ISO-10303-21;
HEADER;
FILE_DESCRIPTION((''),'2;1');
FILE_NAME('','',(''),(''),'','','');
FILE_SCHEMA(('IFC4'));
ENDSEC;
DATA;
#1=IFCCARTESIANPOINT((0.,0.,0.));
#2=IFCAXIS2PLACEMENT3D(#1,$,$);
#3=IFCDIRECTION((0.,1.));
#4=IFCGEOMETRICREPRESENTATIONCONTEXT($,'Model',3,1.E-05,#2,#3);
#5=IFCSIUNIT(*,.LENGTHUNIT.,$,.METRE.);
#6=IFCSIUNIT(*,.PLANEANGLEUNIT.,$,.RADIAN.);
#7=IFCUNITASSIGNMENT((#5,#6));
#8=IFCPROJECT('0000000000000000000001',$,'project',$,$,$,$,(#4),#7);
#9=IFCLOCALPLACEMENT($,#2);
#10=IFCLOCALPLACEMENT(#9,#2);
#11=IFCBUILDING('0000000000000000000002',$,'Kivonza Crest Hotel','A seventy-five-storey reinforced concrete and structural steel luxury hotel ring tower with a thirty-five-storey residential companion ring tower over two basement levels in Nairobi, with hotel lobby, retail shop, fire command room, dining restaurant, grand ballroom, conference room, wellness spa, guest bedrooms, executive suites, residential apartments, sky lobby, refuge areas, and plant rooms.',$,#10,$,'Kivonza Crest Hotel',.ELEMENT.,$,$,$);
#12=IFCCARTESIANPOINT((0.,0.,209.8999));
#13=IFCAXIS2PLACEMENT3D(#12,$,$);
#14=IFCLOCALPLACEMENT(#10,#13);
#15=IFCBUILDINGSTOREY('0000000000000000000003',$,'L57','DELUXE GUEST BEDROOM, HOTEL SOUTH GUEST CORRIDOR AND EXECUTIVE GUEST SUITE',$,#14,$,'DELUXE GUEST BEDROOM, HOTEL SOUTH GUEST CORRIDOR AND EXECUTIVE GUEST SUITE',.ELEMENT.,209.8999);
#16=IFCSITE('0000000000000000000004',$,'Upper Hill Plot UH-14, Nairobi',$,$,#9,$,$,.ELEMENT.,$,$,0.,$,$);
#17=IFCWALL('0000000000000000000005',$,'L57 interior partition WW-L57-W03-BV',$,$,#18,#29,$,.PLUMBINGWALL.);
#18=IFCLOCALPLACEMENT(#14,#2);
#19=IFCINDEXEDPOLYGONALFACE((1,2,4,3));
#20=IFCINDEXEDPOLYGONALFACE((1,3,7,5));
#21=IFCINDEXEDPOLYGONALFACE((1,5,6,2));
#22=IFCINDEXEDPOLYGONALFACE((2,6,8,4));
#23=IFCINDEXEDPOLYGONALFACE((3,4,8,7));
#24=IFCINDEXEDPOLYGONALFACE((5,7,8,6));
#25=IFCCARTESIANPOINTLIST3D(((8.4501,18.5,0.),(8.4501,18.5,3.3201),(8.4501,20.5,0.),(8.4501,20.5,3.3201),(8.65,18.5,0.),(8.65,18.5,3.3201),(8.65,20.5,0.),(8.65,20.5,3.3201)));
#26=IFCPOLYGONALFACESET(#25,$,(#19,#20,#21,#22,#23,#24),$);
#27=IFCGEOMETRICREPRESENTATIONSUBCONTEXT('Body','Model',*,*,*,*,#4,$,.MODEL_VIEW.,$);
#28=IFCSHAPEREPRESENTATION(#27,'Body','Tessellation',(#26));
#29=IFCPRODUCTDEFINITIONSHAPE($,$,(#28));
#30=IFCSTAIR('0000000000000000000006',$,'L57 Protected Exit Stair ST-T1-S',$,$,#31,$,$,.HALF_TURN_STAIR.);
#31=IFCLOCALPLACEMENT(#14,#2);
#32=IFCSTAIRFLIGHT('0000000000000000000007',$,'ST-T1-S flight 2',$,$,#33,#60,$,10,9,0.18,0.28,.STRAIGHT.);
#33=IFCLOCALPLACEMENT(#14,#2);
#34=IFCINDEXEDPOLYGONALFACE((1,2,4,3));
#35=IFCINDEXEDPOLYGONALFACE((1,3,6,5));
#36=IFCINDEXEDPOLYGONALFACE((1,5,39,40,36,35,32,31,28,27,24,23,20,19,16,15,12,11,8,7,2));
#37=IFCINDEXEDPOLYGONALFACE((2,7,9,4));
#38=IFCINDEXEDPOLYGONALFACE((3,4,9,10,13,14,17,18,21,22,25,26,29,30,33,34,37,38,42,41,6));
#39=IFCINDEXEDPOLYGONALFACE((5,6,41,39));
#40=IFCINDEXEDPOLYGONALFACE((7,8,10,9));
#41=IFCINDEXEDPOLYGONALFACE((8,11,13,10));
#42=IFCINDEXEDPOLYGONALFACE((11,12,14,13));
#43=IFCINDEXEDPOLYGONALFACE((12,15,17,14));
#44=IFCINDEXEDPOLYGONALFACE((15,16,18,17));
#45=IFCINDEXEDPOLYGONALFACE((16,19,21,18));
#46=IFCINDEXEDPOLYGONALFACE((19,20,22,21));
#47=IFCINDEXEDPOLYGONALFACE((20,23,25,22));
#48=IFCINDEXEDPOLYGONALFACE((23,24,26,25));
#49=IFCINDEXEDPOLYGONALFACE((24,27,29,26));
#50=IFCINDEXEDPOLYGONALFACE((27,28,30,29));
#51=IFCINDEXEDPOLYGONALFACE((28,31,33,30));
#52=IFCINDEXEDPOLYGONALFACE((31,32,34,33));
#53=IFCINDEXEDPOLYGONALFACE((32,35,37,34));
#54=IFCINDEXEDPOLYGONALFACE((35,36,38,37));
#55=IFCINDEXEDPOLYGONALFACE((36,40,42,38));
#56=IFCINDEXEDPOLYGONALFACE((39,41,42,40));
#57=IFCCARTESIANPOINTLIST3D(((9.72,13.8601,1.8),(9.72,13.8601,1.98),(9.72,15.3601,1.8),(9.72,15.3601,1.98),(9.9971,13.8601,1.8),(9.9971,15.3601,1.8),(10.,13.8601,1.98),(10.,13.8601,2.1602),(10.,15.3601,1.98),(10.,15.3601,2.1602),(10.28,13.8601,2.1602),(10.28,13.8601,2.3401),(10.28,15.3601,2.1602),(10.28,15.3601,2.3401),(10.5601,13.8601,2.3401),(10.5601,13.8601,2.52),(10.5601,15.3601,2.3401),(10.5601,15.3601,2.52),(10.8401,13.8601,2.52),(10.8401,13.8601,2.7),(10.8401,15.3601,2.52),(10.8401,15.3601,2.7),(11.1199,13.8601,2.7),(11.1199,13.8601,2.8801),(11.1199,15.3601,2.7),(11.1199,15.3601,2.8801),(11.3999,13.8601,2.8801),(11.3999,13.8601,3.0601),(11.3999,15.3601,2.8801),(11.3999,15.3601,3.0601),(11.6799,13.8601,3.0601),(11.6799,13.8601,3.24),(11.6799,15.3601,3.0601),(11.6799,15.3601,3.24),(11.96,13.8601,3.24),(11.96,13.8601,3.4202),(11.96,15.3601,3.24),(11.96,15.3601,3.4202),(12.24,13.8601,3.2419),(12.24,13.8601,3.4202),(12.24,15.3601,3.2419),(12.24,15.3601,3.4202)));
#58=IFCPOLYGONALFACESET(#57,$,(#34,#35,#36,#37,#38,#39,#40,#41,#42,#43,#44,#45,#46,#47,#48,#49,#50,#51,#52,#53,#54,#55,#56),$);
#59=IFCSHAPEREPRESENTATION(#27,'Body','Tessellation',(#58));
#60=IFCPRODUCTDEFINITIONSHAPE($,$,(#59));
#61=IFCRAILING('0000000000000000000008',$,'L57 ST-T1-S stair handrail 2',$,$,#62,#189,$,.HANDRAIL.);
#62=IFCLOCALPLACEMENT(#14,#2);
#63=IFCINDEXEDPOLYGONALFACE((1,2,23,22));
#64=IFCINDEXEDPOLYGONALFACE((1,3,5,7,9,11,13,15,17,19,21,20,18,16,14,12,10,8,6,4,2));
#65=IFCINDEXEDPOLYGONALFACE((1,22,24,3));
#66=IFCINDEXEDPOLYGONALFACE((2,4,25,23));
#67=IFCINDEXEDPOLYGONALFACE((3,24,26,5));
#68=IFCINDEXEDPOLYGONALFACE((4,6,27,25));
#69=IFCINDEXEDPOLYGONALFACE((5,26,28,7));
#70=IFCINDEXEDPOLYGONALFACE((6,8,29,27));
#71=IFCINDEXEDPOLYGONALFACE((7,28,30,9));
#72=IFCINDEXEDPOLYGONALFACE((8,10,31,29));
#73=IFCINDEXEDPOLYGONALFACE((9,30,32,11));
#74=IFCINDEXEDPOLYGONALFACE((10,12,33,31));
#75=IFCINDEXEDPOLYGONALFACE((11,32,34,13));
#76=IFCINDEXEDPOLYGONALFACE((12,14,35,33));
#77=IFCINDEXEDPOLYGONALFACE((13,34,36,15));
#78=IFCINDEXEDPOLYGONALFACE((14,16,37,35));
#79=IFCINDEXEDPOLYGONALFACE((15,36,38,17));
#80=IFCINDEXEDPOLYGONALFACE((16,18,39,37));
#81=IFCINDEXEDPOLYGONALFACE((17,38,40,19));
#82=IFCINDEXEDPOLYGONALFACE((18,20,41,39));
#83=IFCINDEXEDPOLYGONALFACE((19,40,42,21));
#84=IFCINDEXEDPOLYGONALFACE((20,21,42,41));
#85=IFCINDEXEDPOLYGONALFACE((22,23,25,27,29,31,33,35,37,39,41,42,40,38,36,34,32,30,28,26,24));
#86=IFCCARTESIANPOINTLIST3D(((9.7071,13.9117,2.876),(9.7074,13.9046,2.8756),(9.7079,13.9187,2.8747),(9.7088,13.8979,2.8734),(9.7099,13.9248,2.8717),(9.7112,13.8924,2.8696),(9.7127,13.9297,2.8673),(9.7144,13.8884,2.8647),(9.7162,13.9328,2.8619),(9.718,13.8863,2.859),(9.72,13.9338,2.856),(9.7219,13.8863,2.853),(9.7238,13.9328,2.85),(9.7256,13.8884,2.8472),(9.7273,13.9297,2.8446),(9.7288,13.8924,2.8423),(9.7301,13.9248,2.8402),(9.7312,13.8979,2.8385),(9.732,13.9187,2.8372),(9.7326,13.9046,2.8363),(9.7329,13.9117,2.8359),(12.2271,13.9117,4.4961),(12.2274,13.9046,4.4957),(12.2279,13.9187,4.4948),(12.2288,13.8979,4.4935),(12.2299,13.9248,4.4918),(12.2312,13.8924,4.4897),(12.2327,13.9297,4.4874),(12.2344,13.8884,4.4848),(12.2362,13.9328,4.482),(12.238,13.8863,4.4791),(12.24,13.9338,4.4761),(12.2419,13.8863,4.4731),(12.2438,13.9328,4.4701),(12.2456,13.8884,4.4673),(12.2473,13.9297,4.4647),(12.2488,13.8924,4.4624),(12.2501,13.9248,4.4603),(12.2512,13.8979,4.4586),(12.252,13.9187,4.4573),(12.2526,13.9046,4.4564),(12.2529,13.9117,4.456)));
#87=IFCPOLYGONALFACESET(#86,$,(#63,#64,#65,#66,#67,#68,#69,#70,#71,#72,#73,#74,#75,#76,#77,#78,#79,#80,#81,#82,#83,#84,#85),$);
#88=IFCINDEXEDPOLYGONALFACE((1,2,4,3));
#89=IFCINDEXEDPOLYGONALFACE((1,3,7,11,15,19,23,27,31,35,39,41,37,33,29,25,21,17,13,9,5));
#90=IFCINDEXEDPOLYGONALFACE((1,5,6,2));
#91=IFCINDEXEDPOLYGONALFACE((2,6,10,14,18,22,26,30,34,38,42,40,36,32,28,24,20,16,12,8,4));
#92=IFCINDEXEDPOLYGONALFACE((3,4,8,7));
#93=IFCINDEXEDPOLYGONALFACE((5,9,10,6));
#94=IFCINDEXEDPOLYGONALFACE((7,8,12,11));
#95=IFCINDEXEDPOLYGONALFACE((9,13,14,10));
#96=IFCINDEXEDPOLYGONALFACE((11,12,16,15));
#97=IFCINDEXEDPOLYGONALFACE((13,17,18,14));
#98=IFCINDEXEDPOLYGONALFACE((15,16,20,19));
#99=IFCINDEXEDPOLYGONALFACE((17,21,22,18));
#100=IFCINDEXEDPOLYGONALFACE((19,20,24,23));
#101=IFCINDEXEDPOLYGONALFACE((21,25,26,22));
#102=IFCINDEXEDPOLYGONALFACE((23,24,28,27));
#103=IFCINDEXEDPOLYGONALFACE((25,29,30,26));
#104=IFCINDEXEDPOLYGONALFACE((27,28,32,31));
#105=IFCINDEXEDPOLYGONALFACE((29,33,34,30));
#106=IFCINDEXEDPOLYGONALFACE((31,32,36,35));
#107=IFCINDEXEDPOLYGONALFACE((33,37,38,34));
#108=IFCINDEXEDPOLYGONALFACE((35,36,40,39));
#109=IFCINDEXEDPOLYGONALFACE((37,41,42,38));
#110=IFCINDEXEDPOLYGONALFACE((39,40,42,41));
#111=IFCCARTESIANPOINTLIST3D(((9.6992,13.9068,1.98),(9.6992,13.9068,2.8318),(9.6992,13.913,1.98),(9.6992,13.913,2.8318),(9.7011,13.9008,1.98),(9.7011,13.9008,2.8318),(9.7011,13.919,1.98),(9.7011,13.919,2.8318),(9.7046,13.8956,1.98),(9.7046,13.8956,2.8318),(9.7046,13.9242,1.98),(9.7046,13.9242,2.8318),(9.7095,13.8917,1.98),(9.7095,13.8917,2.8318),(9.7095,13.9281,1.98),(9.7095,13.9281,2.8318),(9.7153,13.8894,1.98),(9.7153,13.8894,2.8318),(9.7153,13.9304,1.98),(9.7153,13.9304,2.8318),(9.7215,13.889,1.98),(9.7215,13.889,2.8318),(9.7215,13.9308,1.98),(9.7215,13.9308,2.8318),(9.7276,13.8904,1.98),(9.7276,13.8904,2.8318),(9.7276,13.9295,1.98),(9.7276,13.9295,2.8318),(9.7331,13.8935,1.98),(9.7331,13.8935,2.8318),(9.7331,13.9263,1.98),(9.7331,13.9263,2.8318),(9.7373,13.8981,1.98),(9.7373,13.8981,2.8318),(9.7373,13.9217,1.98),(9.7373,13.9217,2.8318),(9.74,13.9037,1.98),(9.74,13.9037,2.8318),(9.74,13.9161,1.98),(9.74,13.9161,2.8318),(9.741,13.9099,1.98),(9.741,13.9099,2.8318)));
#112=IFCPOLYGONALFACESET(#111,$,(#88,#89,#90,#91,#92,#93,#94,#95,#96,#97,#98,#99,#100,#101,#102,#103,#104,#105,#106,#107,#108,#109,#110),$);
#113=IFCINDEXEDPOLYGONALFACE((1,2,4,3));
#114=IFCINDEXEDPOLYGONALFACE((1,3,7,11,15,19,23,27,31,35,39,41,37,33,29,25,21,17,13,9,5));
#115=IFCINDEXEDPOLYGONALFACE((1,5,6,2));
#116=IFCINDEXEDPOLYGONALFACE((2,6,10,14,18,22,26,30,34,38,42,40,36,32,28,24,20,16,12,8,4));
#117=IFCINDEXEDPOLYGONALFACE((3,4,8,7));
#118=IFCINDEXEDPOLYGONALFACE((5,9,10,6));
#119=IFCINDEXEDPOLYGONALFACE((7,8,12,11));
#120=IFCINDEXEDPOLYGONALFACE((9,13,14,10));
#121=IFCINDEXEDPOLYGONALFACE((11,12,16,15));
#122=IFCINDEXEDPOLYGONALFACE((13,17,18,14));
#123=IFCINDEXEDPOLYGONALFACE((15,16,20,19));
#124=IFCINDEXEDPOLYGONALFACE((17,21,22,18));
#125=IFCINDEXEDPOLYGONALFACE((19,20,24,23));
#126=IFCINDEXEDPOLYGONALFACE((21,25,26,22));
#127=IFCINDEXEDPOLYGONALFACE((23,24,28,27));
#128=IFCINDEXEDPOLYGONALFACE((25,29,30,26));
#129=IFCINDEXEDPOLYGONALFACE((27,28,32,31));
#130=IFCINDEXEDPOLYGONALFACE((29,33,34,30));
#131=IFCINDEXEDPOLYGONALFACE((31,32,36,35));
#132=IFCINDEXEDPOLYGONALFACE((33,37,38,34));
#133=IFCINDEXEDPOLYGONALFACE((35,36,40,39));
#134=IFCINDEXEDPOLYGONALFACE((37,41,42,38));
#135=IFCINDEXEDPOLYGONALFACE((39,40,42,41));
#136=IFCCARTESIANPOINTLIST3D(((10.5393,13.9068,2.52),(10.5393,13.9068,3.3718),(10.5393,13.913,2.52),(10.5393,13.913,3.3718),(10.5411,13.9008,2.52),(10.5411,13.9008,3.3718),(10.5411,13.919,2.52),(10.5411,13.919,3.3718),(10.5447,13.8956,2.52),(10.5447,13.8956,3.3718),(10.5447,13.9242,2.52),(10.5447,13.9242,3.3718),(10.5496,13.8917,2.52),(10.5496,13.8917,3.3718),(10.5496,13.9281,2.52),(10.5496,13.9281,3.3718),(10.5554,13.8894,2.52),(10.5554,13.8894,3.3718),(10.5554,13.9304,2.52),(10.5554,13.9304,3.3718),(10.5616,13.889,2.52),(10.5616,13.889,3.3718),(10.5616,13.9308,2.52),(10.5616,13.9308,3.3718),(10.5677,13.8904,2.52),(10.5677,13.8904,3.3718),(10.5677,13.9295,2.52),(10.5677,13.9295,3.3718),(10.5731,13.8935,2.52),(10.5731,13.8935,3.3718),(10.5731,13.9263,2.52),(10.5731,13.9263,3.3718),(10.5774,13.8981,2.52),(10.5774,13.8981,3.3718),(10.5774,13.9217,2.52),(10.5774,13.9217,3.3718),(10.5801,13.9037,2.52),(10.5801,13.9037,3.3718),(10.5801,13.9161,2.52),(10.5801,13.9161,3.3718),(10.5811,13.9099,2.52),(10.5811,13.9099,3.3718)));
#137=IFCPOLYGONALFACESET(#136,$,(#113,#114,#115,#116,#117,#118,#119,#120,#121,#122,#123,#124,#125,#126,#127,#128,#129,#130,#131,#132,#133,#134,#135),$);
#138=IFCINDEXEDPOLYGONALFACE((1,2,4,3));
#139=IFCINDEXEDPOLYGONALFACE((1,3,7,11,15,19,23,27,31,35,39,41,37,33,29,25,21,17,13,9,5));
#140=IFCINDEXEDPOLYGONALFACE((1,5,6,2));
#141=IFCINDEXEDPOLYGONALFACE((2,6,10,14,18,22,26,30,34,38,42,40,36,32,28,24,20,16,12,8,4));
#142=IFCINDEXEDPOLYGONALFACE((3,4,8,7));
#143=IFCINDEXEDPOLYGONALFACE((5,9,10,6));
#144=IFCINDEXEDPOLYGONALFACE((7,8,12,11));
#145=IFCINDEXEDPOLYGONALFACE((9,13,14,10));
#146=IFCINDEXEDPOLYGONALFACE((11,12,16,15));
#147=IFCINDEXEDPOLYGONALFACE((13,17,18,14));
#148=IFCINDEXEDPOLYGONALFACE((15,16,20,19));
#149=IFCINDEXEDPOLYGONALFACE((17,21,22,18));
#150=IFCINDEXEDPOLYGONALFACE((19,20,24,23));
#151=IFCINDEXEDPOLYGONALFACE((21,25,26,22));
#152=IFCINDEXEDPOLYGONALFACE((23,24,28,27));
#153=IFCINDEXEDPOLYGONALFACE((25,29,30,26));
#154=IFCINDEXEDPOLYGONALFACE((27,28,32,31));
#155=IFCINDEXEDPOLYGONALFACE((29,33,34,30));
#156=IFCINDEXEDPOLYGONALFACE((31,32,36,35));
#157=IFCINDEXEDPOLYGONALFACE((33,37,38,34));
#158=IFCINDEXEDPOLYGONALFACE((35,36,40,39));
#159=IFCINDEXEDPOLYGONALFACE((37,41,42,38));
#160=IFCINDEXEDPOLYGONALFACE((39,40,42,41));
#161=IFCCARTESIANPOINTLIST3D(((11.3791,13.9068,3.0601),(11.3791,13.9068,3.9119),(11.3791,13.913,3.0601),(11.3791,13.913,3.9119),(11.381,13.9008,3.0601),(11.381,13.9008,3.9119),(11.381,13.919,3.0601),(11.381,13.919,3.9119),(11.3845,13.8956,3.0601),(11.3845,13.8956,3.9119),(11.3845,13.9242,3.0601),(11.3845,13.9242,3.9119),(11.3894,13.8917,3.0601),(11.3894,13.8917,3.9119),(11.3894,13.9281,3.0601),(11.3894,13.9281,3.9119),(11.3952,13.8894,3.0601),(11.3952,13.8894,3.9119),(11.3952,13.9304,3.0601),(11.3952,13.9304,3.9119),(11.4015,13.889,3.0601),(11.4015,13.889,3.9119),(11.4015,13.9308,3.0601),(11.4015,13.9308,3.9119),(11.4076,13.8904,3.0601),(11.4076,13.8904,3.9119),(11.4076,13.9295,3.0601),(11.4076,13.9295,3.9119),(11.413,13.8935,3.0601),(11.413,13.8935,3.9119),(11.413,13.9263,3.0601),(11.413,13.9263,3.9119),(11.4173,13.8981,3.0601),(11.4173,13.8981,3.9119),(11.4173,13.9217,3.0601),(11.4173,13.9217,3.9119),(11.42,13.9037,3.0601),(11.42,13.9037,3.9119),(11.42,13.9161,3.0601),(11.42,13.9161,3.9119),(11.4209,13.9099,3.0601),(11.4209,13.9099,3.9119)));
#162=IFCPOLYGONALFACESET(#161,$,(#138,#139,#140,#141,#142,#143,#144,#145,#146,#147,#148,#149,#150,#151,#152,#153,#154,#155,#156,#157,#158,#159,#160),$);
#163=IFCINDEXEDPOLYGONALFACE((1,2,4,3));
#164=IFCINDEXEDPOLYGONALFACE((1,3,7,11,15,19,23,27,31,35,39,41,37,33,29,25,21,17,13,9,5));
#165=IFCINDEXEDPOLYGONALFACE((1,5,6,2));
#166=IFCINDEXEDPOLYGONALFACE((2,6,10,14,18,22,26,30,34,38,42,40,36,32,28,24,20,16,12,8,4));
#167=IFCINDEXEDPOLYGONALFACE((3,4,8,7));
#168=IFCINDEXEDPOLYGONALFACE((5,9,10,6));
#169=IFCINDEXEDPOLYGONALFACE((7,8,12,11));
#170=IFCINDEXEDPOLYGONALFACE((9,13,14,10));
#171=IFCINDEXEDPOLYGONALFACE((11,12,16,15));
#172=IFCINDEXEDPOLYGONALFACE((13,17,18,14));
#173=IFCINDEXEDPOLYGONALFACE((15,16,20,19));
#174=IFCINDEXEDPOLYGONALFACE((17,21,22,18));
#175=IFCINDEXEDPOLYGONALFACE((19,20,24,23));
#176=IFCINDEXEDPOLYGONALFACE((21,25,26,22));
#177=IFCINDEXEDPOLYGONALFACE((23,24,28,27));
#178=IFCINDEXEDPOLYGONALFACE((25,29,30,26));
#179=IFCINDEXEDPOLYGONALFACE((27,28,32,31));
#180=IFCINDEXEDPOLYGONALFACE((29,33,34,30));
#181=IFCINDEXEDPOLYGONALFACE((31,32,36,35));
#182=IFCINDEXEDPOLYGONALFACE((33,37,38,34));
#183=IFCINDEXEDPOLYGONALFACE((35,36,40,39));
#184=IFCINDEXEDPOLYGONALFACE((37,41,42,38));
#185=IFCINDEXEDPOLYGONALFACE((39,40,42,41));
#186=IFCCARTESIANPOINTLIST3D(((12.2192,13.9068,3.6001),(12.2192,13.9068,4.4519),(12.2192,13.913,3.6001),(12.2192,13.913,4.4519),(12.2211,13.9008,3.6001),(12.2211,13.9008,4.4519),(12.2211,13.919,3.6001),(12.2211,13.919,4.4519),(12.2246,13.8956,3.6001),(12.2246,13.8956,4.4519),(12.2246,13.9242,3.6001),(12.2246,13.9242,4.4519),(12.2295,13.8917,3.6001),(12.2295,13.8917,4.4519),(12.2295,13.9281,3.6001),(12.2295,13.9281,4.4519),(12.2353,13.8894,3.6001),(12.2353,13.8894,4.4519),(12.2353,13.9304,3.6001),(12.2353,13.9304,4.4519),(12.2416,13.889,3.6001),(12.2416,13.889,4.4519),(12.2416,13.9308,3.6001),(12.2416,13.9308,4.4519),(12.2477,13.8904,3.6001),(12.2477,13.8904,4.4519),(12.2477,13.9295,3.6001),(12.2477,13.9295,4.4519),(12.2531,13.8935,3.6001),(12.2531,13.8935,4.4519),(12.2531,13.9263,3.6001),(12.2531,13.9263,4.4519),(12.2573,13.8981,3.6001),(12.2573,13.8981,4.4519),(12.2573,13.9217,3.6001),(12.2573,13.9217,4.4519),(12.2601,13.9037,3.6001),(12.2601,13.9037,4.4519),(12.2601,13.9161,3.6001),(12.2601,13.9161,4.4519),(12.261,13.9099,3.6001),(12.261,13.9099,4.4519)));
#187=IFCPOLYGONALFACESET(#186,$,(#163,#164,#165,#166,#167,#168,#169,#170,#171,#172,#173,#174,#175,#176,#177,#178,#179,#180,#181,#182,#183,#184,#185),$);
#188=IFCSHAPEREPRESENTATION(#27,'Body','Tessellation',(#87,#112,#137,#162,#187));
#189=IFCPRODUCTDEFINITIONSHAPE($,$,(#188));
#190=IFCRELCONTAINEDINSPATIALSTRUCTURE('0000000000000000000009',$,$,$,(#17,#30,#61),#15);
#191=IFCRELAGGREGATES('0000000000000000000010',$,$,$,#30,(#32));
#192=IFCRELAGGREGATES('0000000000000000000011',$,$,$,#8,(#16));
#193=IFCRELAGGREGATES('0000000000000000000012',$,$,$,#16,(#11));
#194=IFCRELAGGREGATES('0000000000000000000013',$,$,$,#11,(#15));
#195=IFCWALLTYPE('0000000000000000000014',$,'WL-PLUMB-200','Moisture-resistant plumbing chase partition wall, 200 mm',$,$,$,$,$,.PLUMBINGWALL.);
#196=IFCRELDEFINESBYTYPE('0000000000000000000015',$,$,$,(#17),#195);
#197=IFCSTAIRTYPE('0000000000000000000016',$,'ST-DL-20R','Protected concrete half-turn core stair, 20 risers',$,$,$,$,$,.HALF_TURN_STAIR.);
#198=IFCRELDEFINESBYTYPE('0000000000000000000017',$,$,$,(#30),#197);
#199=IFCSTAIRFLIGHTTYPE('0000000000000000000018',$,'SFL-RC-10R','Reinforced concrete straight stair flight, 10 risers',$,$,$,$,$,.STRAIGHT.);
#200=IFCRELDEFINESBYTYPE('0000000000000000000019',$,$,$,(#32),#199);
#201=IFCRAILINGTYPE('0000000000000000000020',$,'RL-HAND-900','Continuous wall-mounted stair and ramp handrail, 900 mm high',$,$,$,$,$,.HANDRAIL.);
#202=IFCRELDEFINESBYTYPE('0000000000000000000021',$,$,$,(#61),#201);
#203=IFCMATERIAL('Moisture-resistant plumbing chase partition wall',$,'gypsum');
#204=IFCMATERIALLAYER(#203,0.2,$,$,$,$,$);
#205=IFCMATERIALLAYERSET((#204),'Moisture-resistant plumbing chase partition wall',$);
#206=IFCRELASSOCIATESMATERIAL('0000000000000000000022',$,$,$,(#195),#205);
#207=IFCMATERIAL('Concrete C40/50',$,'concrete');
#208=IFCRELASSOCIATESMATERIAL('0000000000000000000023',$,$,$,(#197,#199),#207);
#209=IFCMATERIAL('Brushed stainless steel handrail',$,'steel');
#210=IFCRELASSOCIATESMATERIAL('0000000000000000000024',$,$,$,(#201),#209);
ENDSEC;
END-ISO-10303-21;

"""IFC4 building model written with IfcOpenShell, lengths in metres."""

from ifc_helpers import new_model, si_unit, direction, frame, frame_2d, origin, origin_2d, place, context, subcontext, project, spatial, polyline, rectangle, circle, outline, extrude, material, layer, layer_set, type_object, element, aggregate, save


model = new_model("IFC4")

# Units and contexts
model_context = context("Model", 3, precision=1e-05, world=origin(), true_north=direction((0.0, 1.0)))
body_context = subcontext(model_context, "Body", "Model", "MODEL_VIEW")
ifc_project = project(units=[si_unit("LENGTHUNIT", "METRE"), si_unit("PLANEANGLEUNIT", "RADIAN")], contexts=[model_context])

# Site, building, storey
site_placement = place(None, origin())
site = spatial("IfcSite", under=ifc_project, at=site_placement, Name="Upper Hill Plot UH-14, Nairobi", CompositionType="ELEMENT", RefElevation=0.0)
building_placement = place(site_placement, origin())
building = spatial("IfcBuilding", under=site, at=building_placement, Name="Kivonza Crest Hotel", Description="A seventy-five-storey reinforced concrete and structural steel luxury hotel ring tower with a thirty-five-storey residential companion ring tower over two basement levels in Nairobi, with hotel lobby, retail shop, fire command room, dining restaurant, grand ballroom, conference room, wellness spa, guest bedrooms, executive suites, residential apartments, sky lobby, refuge areas, and plant rooms.", LongName="Kivonza Crest Hotel", CompositionType="ELEMENT")
storey_placement = place(building_placement, frame((0.0, 0.0, 209.8999)))
storey = spatial("IfcBuildingStorey", under=building, at=storey_placement, Name="L57", Description="DELUXE GUEST BEDROOM, HOTEL SOUTH GUEST CORRIDOR AND EXECUTIVE GUEST SUITE", LongName="DELUXE GUEST BEDROOM, HOTEL SOUTH GUEST CORRIDOR AND EXECUTIVE GUEST SUITE", CompositionType="ELEMENT", Elevation=209.8999)

# Shared definitions
ifc_material_1 = material(Name="Moisture-resistant plumbing chase partition wall", Category="gypsum")
ifc_layer_1 = layer(ifc_material_1, 0.2)
ifc_layer_set_1 = layer_set([ifc_layer_1], Name="Moisture-resistant plumbing chase partition wall")
wall_type_1 = type_object("IfcWallType", Name="WL-PLUMB-200", Description="Moisture-resistant plumbing chase partition wall, 200 mm", PredefinedType="PLUMBINGWALL", material=ifc_layer_set_1)

# Wall
wall_1_placement = place(storey_placement, frame((8.55, 18.5, 0.0), z_axis=(0.0, 0.0, 1.0), x_axis=(0.0, 1.0, 0.0)))
element("IfcWall", 1, at=wall_1_placement, inside=storey, type_object=wall_type_1, Name="L57 interior partition WW-L57-W03-BV", PredefinedType="PLUMBINGWALL", context=body_context, shape_type="SweptSolid", body=[
    extrude(rectangle(XDim=2.0, YDim=0.2, at=frame_2d((1.0, 0.0))), origin(), (0.0, 0.0, 1.0), 3.3201),
])

# Stair, stair flight
ifc_material_2 = material(Name="Concrete C40/50", Category="concrete")
stair_type = type_object("IfcStairType", Name="ST-DL-20R", Description="Protected concrete half-turn core stair, 20 risers", PredefinedType="HALF_TURN_STAIR", material=ifc_material_2)
stair_placement = place(storey_placement, origin())
stair = element("IfcStair", 2, at=stair_placement, inside=storey, type_object=stair_type, Name="L57 Protected Exit Stair ST-T1-S", PredefinedType="HALF_TURN_STAIR")
stair_flight_type = type_object("IfcStairFlightType", Name="SFL-RC-10R", Description="Reinforced concrete straight stair flight, 10 risers", PredefinedType="STRAIGHT", material=ifc_material_2)
stair_flight_placement = place(storey_placement, frame((9.72, 14.6101, 1.8), z_axis=(0.0, 0.0, 1.0), x_axis=(1.0, 0.0, 0.0)))
stair_flight = element("IfcStairFlight", 3, at=stair_flight_placement, type_object=stair_flight_type, Name="ST-T1-S flight 2", NumberOfRisers=10, NumberOfTreads=9, PredefinedType="STRAIGHT", RiserHeight=0.18, TreadLength=0.28, context=body_context, shape_type="SweptSolid", body=[
    extrude(outline(polyline([(0.0, 0.0), (0.0, 0.1799), (0.28, 0.1799), (0.28, 0.3601), (0.5601, 0.3601), (0.5601, 0.54), (0.8401, 0.54), (0.8401, 0.72), (1.1201, 0.72), (1.1201, 0.8999), (1.3999, 0.8999), (1.3999, 1.0801), (1.6799, 1.0801), (1.6799, 1.26), (1.96, 1.26), (1.96, 1.4399), (2.24, 1.4399), (2.24, 1.6201), (2.52, 1.6201), (2.52, 1.8), (2.52, 1.4419), (0.2771, 0.0), (0.0, 0.0)])), frame((0.0, 0.75, 0.0), z_axis=(0.0, -1.0, 0.0), x_axis=(1.0, 0.0, 0.0)), (0.0, 0.0, 1.0), 1.5),
])
aggregate(stair, [stair_flight])

# Railing
ifc_material_3 = material(Name="Brushed stainless steel handrail", Category="steel")
railing_type_1 = type_object("IfcRailingType", Name="RL-HAND-900", Description="Continuous wall-mounted stair and ramp handrail, 900 mm high", PredefinedType="HANDRAIL", material=ifc_material_3)
railing_1_placement = place(storey_placement, frame((9.72, 13.9099, 1.98)))
element("IfcRailing", 4, at=railing_1_placement, inside=storey, type_object=railing_type_1, Name="L57 ST-T1-S stair handrail 2", PredefinedType="HANDRAIL", context=body_context, shape_type="SweptSolid", body=[
    extrude(circle(Radius=0.0239, at=origin_2d()), frame((0.0, 0.0, 0.876), z_axis=(0.841163, 0.0, 0.540782), x_axis=(0.0, 1.0, 0.0)), (0.0, 0.0, 1.0), 2.9958),
    extrude(circle(Radius=0.021, at=origin_2d()), origin(), (0.0, 0.0, 1.0), 0.8518),
    extrude(circle(Radius=0.021, at=origin_2d()), frame((0.8401, 0.0, 0.54)), (0.0, 0.0, 1.0), 0.8518),
    extrude(circle(Radius=0.021, at=origin_2d()), frame((1.6799, 0.0, 1.0801)), (0.0, 0.0, 1.0), 0.8518),
    extrude(circle(Radius=0.021, at=origin_2d()), frame((2.52, 0.0, 1.6201)), (0.0, 0.0, 1.0), 0.8518),
])

save(model, "model.ifc")
